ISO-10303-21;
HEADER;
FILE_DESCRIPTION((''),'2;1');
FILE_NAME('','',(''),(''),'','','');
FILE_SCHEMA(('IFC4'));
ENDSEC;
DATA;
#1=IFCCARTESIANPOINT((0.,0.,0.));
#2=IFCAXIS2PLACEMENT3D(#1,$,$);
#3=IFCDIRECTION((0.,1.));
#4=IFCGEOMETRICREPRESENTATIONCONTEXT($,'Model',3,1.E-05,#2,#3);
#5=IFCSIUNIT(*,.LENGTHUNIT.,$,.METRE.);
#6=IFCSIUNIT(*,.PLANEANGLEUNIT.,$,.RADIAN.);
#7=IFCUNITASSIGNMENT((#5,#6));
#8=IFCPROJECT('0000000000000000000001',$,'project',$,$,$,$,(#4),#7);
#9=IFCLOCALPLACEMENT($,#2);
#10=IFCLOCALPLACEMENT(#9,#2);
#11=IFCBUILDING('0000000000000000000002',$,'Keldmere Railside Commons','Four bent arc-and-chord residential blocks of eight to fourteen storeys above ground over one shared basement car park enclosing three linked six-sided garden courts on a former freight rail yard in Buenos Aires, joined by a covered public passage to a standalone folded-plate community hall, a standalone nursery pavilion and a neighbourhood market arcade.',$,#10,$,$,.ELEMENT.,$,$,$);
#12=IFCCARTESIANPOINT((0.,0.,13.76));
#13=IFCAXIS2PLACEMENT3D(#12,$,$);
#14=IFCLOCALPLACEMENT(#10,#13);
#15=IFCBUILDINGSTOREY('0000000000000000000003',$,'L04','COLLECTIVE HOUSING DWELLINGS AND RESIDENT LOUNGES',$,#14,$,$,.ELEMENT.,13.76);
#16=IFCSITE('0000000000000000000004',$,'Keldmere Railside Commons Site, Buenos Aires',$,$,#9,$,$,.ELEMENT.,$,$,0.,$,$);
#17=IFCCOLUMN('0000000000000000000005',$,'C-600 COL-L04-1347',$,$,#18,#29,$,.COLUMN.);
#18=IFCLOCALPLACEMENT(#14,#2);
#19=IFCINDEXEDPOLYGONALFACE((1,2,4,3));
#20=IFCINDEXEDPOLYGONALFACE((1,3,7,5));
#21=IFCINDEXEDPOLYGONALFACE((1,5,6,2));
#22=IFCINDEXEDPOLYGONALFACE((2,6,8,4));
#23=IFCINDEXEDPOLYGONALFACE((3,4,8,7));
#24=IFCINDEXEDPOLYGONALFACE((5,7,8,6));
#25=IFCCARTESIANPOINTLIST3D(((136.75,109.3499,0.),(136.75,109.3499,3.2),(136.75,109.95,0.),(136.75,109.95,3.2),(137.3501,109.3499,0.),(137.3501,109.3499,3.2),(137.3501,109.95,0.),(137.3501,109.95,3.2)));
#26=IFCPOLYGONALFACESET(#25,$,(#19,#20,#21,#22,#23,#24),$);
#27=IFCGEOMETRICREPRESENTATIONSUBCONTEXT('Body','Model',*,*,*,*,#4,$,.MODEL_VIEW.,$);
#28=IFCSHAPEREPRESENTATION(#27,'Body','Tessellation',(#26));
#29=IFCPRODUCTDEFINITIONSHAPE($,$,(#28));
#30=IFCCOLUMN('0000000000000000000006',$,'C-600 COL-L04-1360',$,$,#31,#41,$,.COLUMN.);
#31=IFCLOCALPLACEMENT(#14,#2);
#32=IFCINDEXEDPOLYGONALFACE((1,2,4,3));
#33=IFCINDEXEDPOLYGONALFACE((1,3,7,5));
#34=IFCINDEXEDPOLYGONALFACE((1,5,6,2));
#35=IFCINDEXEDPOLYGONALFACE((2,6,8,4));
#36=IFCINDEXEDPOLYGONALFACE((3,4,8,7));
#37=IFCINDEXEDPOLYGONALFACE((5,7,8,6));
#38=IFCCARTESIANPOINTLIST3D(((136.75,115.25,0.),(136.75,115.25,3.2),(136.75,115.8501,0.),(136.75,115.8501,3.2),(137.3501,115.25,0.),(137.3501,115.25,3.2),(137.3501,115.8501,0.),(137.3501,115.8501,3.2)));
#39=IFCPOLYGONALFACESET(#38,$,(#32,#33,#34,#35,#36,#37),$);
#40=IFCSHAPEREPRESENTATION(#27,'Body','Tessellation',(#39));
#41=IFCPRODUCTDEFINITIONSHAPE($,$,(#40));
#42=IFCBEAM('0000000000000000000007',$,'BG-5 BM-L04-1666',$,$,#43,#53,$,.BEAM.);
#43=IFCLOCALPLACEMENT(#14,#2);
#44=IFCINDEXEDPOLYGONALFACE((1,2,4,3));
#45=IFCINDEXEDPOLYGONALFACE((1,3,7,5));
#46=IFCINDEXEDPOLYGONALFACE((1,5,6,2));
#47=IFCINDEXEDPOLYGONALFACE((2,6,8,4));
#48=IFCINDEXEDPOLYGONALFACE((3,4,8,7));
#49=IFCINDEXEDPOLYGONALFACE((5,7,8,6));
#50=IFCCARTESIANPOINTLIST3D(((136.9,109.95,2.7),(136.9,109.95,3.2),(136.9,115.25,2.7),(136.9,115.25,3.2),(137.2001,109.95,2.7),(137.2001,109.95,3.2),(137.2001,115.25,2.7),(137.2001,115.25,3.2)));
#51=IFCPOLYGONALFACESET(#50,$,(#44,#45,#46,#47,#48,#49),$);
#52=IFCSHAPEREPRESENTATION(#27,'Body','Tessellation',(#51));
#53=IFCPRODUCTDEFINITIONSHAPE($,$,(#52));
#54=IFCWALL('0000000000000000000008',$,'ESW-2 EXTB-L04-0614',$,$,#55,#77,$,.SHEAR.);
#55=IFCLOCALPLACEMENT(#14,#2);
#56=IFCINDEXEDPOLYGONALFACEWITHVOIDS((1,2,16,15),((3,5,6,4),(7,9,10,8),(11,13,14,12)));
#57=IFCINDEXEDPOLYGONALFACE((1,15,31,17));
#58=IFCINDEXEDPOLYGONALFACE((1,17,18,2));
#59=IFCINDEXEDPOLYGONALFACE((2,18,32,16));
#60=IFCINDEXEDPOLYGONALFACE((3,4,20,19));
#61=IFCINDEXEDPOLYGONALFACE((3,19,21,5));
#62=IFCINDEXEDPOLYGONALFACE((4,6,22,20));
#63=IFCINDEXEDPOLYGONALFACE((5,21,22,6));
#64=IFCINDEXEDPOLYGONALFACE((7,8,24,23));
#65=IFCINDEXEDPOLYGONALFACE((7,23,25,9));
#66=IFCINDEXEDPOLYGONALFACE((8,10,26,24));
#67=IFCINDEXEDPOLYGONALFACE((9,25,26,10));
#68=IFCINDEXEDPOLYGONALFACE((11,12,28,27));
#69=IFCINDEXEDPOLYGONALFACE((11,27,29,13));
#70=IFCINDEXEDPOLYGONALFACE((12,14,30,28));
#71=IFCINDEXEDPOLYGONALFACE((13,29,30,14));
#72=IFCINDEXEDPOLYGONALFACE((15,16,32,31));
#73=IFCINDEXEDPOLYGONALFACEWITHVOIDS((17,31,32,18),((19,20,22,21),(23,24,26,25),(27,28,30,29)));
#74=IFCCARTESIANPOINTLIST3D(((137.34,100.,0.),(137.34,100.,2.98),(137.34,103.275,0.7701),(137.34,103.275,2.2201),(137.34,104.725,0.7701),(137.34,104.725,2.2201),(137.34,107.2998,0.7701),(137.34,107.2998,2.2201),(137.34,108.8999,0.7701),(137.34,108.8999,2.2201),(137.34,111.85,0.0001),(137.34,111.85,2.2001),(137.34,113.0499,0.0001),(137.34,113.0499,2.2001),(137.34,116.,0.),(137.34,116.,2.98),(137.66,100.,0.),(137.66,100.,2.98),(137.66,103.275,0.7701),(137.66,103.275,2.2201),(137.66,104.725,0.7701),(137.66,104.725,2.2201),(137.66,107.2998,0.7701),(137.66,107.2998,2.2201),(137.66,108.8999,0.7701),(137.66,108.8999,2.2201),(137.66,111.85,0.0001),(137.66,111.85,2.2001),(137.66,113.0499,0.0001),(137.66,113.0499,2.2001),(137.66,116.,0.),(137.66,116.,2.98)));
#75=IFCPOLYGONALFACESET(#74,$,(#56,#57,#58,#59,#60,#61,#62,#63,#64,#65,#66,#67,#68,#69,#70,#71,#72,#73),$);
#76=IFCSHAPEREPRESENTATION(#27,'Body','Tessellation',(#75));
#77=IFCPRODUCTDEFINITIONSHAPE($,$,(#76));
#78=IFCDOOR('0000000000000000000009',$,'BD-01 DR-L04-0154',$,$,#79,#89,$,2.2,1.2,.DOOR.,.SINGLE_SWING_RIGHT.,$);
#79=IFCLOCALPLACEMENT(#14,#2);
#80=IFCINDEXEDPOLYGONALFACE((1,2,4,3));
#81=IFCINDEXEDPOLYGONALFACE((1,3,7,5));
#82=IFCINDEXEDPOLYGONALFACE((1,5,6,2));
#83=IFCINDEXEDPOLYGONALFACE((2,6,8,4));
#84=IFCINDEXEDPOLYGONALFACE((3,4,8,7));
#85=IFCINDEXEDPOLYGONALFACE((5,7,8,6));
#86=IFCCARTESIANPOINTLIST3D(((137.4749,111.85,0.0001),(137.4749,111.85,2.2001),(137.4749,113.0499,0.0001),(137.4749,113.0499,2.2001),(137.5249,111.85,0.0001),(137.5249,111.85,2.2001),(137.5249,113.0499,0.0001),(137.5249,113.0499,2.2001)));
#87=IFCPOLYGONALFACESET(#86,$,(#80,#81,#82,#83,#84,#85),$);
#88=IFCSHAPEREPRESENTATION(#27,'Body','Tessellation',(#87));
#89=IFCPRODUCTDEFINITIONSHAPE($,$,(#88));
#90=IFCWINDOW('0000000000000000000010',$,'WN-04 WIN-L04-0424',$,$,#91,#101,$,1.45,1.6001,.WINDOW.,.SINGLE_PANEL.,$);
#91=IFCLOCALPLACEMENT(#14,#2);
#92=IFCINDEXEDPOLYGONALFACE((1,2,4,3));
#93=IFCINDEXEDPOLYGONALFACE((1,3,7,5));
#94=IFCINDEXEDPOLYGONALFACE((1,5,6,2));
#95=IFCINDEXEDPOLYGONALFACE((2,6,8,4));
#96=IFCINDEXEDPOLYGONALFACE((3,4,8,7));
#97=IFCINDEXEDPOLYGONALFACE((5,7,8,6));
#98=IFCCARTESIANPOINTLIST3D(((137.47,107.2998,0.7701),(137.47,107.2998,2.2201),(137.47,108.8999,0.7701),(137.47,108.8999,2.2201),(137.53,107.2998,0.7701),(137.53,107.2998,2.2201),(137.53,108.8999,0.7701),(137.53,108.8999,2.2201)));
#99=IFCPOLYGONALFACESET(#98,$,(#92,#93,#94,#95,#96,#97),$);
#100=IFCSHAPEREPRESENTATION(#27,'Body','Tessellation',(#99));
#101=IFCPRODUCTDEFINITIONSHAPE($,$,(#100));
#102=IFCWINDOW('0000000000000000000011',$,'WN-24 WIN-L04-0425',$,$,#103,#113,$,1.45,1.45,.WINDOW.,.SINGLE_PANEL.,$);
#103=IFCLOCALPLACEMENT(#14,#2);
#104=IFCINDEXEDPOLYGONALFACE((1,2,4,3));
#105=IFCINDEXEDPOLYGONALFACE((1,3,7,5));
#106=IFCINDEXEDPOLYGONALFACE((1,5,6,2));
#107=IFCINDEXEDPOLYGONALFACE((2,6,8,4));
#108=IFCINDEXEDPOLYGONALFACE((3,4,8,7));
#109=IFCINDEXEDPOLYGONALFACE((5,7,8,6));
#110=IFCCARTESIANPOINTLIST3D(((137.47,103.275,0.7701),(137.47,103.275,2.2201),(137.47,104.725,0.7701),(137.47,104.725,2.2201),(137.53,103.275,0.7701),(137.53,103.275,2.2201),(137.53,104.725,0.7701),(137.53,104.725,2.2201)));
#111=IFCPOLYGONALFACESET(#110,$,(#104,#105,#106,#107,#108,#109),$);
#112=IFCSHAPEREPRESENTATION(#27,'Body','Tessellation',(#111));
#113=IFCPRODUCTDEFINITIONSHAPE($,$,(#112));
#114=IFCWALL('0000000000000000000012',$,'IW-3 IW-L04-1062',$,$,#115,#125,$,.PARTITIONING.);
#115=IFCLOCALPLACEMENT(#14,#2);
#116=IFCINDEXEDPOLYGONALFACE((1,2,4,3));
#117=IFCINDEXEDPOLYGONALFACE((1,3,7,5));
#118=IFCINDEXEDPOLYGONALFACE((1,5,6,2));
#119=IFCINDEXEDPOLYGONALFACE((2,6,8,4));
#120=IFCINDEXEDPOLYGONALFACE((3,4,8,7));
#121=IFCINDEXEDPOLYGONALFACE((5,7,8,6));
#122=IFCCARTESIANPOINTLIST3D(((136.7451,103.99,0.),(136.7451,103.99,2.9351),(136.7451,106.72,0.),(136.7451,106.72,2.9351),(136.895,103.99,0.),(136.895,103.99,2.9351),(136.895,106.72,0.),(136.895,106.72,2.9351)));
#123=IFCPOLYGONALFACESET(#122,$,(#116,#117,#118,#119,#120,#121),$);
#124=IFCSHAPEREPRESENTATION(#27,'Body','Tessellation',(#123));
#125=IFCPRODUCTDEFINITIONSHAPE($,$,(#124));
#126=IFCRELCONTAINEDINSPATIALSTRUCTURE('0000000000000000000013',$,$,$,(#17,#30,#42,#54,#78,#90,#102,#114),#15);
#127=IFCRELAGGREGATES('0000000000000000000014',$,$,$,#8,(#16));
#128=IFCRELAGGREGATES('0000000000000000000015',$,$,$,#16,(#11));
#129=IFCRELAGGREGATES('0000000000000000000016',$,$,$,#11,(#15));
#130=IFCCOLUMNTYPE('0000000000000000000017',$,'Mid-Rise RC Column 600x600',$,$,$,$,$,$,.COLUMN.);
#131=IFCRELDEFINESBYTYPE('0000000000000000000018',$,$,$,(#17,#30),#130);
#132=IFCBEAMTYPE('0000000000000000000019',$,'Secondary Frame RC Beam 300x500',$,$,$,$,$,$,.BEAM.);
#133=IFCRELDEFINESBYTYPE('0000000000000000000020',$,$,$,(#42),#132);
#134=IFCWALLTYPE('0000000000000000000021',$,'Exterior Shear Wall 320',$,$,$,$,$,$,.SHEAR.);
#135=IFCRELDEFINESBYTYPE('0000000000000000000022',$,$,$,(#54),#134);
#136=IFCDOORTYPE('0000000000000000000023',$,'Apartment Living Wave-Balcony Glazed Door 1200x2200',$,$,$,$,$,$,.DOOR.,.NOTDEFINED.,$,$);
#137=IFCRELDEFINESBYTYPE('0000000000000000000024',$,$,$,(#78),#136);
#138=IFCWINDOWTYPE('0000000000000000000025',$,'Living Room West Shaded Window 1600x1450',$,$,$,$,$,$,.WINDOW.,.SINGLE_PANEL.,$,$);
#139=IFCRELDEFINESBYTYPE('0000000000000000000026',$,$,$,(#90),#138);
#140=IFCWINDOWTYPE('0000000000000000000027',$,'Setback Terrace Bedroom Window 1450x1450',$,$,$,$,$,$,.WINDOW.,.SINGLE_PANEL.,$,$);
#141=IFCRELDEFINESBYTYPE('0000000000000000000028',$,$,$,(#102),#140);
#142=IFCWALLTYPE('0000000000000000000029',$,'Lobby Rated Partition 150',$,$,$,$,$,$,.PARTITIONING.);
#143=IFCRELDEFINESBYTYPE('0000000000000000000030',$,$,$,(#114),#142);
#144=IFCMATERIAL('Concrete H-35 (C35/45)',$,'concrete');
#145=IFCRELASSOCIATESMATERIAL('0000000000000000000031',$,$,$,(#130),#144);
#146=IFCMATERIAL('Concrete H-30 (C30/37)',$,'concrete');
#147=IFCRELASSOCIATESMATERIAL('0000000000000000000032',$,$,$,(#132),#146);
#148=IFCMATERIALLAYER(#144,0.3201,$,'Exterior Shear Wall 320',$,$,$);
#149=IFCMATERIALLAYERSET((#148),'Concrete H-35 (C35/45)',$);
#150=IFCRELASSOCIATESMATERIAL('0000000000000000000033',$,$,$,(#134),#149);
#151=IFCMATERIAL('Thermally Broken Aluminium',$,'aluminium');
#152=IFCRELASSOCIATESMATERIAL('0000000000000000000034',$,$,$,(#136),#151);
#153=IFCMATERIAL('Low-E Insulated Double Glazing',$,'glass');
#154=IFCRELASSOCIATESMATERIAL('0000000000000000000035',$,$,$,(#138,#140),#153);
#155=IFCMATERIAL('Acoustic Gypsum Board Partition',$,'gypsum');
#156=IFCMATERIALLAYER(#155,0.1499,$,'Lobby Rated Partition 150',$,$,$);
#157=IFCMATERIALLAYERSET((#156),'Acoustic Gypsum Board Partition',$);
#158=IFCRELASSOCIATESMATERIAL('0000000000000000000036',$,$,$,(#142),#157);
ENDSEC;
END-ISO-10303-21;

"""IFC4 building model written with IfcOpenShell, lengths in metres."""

from ifc_helpers import new_model, si_unit, direction, frame, frame_2d, origin, origin_2d, place, context, subcontext, project, spatial, rectangle, extrude, material, layer, layer_set, material_profile, profile_set, type_object, element, fill, save


model = new_model("IFC4")

# Units and contexts
model_context = context("Model", 3, precision=1e-05, world=origin(), true_north=direction((0.0, 1.0)))
body_context = subcontext(model_context, "Body", "Model", "MODEL_VIEW")
ifc_project = project(units=[si_unit("LENGTHUNIT", "METRE"), si_unit("PLANEANGLEUNIT", "RADIAN")], contexts=[model_context])

# Site, building, storey
site_placement = place(None, origin())
site = spatial("IfcSite", under=ifc_project, at=site_placement, Name="Keldmere Railside Commons Site, Buenos Aires", CompositionType="ELEMENT", RefElevation=0.0)
building_placement = place(site_placement, origin())
building = spatial("IfcBuilding", under=site, at=building_placement, Name="Keldmere Railside Commons", Description="Four bent arc-and-chord residential blocks of eight to fourteen storeys above ground over one shared basement car park enclosing three linked six-sided garden courts on a former freight rail yard in Buenos Aires, joined by a covered public passage to a standalone folded-plate community hall, a standalone nursery pavilion and a neighbourhood market arcade.", CompositionType="ELEMENT")
storey_placement = place(building_placement, frame((0.0, 0.0, 13.76)))
storey = spatial("IfcBuildingStorey", under=building, at=storey_placement, Name="L04", Description="COLLECTIVE HOUSING DWELLINGS AND RESIDENT LOUNGES", CompositionType="ELEMENT", Elevation=13.76)

# Columns
ifc_material_1 = material(Name="Concrete H-35 (C35/45)", Category="concrete")
ifc_material_profile_1 = material_profile(ifc_material_1, rectangle(XDim=0.6001, YDim=0.6001, at=origin_2d()), Name="RC-600x600")
ifc_profile_set_1 = profile_set([ifc_material_profile_1], Name="Concrete H-35 (C35/45)")
column_type = type_object("IfcColumnType", Name="Mid-Rise RC Column 600x600", PredefinedType="COLUMN", material=ifc_profile_set_1)
for number, where, z_axis, x_axis, name in (
    (1, (137.05, 109.6499, 0.0), (0.0, 0.0, 1.0), (1.0, 0.0, 0.0), "C-600 COL-L04-1347"),
    (2, (137.05, 115.55, 0.0), (0.0, 0.0, 1.0), (1.0, 0.0, 0.0), "C-600 COL-L04-1360"),
):
    element("IfcColumn", number, at=place(storey_placement, frame(where, z_axis=z_axis, x_axis=x_axis)), inside=storey, type_object=column_type, Name=name, PredefinedType="COLUMN", context=body_context, shape_type="SweptSolid", body=[
        extrude(rectangle(XDim=0.6001, YDim=0.6001, at=origin_2d()), origin(), (0.0, 0.0, 1.0), 3.2),
    ])

# Beam
ifc_material_2 = material(Name="Concrete H-30 (C30/37)", Category="concrete")
ifc_material_profile_2 = material_profile(ifc_material_2, rectangle(XDim=0.3, YDim=0.5, at=origin_2d()), Name="RC-300x500")
ifc_profile_set_2 = profile_set([ifc_material_profile_2], Name="Concrete H-30 (C30/37)")
beam_type = type_object("IfcBeamType", Name="Secondary Frame RC Beam 300x500", PredefinedType="BEAM", material=ifc_profile_set_2)
beam_placement = place(storey_placement, frame((137.05, 109.95, 2.95), z_axis=(0.0, 1.0, 0.0), x_axis=(-1.0, 0.0, 0.0)))
element("IfcBeam", 3, at=beam_placement, inside=storey, type_object=beam_type, Name="BG-5 BM-L04-1666", PredefinedType="BEAM", context=body_context, shape_type="SweptSolid", body=[
    extrude(rectangle(XDim=0.3, YDim=0.5, at=origin_2d()), origin(), (0.0, 0.0, 1.0), 5.3),
])

# Wall, openings, door, windows
ifc_layer_1 = layer(ifc_material_1, 0.3201, Name="Exterior Shear Wall 320")
ifc_layer_set_1 = layer_set([ifc_layer_1], Name="Concrete H-35 (C35/45)")
wall_type_1 = type_object("IfcWallType", Name="Exterior Shear Wall 320", PredefinedType="SHEAR", material=ifc_layer_set_1)
wall_1_placement = place(storey_placement, frame((137.5, 116.0, 0.0), z_axis=(0.0, 0.0, 1.0), x_axis=(0.0, -1.0, 0.0)))
wall_1 = element("IfcWall", 4, at=wall_1_placement, inside=storey, type_object=wall_type_1, Name="ESW-2 EXTB-L04-0614", PredefinedType="SHEAR", context=body_context, shape_type="SweptSolid", body=[
    extrude(rectangle(XDim=16.0, YDim=0.3201, at=frame_2d((8.0, 0.0))), origin(), (0.0, 0.0, 1.0), 2.98),
])
opening_1_placement = place(wall_1_placement, frame((2.95, 0.0, 0.0)))
opening_1 = element("IfcOpeningElement", 5, at=opening_1_placement, cuts=wall_1, PredefinedType="OPENING", context=body_context, shape_type="SweptSolid", body=[
    extrude(rectangle(XDim=1.2, YDim=2.2, at=frame_2d((0.6001, 1.1001))), frame((0.0, 0.1699, 0.0), z_axis=(0.0, -1.0, 0.0), x_axis=(1.0, 0.0, 0.0)), (0.0, 0.0, 1.0), 0.3401),
])
opening_2_placement = place(wall_1_placement, frame((7.1001, 0.0, 0.77)))
opening_2 = element("IfcOpeningElement", 6, at=opening_2_placement, cuts=wall_1, PredefinedType="OPENING", context=body_context, shape_type="SweptSolid", body=[
    extrude(rectangle(XDim=1.6001, YDim=1.45, at=frame_2d((0.8, 0.7251))), frame((0.0, 0.1699, 0.0), z_axis=(0.0, -1.0, 0.0), x_axis=(1.0, 0.0, 0.0)), (0.0, 0.0, 1.0), 0.3401),
])
opening_3_placement = place(wall_1_placement, frame((11.2749, 0.0, 0.77)))
opening_3 = element("IfcOpeningElement", 7, at=opening_3_placement, cuts=wall_1, PredefinedType="OPENING", context=body_context, shape_type="SweptSolid", body=[
    extrude(rectangle(XDim=1.45, YDim=1.45, at=frame_2d((0.7251, 0.7251))), frame((0.0, 0.1699, 0.0), z_axis=(0.0, -1.0, 0.0), x_axis=(1.0, 0.0, 0.0)), (0.0, 0.0, 1.0), 0.3401),
])
ifc_material_3 = material(Name="Thermally Broken Aluminium", Category="aluminium")
door_type_1 = type_object("IfcDoorType", Name="Apartment Living Wave-Balcony Glazed Door 1200x2200", OperationType="NOTDEFINED", PredefinedType="DOOR", material=ifc_material_3)
door_1_placement = place(opening_1_placement, origin())
door_1 = element("IfcDoor", 8, at=door_1_placement, inside=storey, type_object=door_type_1, Name="BD-01 DR-L04-0154", OperationType="SINGLE_SWING_RIGHT", OverallHeight=2.2, OverallWidth=1.2, PredefinedType="DOOR", context=body_context, shape_type="SweptSolid", body=[
    extrude(rectangle(XDim=1.2, YDim=2.2, at=frame_2d((0.6001, 1.1001))), frame((0.0, 0.0249, 0.0), z_axis=(0.0, -1.0, 0.0), x_axis=(1.0, 0.0, 0.0)), (0.0, 0.0, 1.0), 0.05),
])
fill(opening_1, door_1)
ifc_material_4 = material(Name="Low-E Insulated Double Glazing", Category="glass")
window_type_1 = type_object("IfcWindowType", Name="Living Room West Shaded Window 1600x1450", PartitioningType="SINGLE_PANEL", PredefinedType="WINDOW", material=ifc_material_4)
window_1_placement = place(opening_2_placement, origin())
window_1 = element("IfcWindow", 9, at=window_1_placement, inside=storey, type_object=window_type_1, Name="WN-04 WIN-L04-0424", OverallHeight=1.45, OverallWidth=1.6001, PartitioningType="SINGLE_PANEL", PredefinedType="WINDOW", context=body_context, shape_type="SweptSolid", body=[
    extrude(rectangle(XDim=1.6001, YDim=1.45, at=frame_2d((0.8, 0.7251))), frame((0.0, 0.03, 0.0), z_axis=(0.0, -1.0, 0.0), x_axis=(1.0, 0.0, 0.0)), (0.0, 0.0, 1.0), 0.0601),
])
fill(opening_2, window_1)
window_type_2 = type_object("IfcWindowType", Name="Setback Terrace Bedroom Window 1450x1450", PartitioningType="SINGLE_PANEL", PredefinedType="WINDOW", material=ifc_material_4)
window_2_placement = place(opening_3_placement, origin())
window_2 = element("IfcWindow", 10, at=window_2_placement, inside=storey, type_object=window_type_2, Name="WN-24 WIN-L04-0425", OverallHeight=1.45, OverallWidth=1.45, PartitioningType="SINGLE_PANEL", PredefinedType="WINDOW", context=body_context, shape_type="SweptSolid", body=[
    extrude(rectangle(XDim=1.45, YDim=1.45, at=frame_2d((0.7251, 0.7251))), frame((0.0, 0.03, 0.0), z_axis=(0.0, -1.0, 0.0), x_axis=(1.0, 0.0, 0.0)), (0.0, 0.0, 1.0), 0.0601),
])
fill(opening_3, window_2)

# Wall
ifc_material_5 = material(Name="Acoustic Gypsum Board Partition", Category="gypsum")
ifc_layer_2 = layer(ifc_material_5, 0.1499, Name="Lobby Rated Partition 150")
ifc_layer_set_2 = layer_set([ifc_layer_2], Name="Acoustic Gypsum Board Partition")
wall_type_2 = type_object("IfcWallType", Name="Lobby Rated Partition 150", PredefinedType="PARTITIONING", material=ifc_layer_set_2)
wall_2_placement = place(storey_placement, frame((136.8201, 103.99, 0.0), z_axis=(0.0, 0.0, 1.0), x_axis=(0.0, 1.0, 0.0)))
element("IfcWall", 11, at=wall_2_placement, inside=storey, type_object=wall_type_2, Name="IW-3 IW-L04-1062", PredefinedType="PARTITIONING", context=body_context, shape_type="SweptSolid", body=[
    extrude(rectangle(XDim=2.73, YDim=0.1499, at=frame_2d((1.365, 0.0))), origin(), (0.0, 0.0, 1.0), 2.9351),
])

save(model, "model.ifc")
